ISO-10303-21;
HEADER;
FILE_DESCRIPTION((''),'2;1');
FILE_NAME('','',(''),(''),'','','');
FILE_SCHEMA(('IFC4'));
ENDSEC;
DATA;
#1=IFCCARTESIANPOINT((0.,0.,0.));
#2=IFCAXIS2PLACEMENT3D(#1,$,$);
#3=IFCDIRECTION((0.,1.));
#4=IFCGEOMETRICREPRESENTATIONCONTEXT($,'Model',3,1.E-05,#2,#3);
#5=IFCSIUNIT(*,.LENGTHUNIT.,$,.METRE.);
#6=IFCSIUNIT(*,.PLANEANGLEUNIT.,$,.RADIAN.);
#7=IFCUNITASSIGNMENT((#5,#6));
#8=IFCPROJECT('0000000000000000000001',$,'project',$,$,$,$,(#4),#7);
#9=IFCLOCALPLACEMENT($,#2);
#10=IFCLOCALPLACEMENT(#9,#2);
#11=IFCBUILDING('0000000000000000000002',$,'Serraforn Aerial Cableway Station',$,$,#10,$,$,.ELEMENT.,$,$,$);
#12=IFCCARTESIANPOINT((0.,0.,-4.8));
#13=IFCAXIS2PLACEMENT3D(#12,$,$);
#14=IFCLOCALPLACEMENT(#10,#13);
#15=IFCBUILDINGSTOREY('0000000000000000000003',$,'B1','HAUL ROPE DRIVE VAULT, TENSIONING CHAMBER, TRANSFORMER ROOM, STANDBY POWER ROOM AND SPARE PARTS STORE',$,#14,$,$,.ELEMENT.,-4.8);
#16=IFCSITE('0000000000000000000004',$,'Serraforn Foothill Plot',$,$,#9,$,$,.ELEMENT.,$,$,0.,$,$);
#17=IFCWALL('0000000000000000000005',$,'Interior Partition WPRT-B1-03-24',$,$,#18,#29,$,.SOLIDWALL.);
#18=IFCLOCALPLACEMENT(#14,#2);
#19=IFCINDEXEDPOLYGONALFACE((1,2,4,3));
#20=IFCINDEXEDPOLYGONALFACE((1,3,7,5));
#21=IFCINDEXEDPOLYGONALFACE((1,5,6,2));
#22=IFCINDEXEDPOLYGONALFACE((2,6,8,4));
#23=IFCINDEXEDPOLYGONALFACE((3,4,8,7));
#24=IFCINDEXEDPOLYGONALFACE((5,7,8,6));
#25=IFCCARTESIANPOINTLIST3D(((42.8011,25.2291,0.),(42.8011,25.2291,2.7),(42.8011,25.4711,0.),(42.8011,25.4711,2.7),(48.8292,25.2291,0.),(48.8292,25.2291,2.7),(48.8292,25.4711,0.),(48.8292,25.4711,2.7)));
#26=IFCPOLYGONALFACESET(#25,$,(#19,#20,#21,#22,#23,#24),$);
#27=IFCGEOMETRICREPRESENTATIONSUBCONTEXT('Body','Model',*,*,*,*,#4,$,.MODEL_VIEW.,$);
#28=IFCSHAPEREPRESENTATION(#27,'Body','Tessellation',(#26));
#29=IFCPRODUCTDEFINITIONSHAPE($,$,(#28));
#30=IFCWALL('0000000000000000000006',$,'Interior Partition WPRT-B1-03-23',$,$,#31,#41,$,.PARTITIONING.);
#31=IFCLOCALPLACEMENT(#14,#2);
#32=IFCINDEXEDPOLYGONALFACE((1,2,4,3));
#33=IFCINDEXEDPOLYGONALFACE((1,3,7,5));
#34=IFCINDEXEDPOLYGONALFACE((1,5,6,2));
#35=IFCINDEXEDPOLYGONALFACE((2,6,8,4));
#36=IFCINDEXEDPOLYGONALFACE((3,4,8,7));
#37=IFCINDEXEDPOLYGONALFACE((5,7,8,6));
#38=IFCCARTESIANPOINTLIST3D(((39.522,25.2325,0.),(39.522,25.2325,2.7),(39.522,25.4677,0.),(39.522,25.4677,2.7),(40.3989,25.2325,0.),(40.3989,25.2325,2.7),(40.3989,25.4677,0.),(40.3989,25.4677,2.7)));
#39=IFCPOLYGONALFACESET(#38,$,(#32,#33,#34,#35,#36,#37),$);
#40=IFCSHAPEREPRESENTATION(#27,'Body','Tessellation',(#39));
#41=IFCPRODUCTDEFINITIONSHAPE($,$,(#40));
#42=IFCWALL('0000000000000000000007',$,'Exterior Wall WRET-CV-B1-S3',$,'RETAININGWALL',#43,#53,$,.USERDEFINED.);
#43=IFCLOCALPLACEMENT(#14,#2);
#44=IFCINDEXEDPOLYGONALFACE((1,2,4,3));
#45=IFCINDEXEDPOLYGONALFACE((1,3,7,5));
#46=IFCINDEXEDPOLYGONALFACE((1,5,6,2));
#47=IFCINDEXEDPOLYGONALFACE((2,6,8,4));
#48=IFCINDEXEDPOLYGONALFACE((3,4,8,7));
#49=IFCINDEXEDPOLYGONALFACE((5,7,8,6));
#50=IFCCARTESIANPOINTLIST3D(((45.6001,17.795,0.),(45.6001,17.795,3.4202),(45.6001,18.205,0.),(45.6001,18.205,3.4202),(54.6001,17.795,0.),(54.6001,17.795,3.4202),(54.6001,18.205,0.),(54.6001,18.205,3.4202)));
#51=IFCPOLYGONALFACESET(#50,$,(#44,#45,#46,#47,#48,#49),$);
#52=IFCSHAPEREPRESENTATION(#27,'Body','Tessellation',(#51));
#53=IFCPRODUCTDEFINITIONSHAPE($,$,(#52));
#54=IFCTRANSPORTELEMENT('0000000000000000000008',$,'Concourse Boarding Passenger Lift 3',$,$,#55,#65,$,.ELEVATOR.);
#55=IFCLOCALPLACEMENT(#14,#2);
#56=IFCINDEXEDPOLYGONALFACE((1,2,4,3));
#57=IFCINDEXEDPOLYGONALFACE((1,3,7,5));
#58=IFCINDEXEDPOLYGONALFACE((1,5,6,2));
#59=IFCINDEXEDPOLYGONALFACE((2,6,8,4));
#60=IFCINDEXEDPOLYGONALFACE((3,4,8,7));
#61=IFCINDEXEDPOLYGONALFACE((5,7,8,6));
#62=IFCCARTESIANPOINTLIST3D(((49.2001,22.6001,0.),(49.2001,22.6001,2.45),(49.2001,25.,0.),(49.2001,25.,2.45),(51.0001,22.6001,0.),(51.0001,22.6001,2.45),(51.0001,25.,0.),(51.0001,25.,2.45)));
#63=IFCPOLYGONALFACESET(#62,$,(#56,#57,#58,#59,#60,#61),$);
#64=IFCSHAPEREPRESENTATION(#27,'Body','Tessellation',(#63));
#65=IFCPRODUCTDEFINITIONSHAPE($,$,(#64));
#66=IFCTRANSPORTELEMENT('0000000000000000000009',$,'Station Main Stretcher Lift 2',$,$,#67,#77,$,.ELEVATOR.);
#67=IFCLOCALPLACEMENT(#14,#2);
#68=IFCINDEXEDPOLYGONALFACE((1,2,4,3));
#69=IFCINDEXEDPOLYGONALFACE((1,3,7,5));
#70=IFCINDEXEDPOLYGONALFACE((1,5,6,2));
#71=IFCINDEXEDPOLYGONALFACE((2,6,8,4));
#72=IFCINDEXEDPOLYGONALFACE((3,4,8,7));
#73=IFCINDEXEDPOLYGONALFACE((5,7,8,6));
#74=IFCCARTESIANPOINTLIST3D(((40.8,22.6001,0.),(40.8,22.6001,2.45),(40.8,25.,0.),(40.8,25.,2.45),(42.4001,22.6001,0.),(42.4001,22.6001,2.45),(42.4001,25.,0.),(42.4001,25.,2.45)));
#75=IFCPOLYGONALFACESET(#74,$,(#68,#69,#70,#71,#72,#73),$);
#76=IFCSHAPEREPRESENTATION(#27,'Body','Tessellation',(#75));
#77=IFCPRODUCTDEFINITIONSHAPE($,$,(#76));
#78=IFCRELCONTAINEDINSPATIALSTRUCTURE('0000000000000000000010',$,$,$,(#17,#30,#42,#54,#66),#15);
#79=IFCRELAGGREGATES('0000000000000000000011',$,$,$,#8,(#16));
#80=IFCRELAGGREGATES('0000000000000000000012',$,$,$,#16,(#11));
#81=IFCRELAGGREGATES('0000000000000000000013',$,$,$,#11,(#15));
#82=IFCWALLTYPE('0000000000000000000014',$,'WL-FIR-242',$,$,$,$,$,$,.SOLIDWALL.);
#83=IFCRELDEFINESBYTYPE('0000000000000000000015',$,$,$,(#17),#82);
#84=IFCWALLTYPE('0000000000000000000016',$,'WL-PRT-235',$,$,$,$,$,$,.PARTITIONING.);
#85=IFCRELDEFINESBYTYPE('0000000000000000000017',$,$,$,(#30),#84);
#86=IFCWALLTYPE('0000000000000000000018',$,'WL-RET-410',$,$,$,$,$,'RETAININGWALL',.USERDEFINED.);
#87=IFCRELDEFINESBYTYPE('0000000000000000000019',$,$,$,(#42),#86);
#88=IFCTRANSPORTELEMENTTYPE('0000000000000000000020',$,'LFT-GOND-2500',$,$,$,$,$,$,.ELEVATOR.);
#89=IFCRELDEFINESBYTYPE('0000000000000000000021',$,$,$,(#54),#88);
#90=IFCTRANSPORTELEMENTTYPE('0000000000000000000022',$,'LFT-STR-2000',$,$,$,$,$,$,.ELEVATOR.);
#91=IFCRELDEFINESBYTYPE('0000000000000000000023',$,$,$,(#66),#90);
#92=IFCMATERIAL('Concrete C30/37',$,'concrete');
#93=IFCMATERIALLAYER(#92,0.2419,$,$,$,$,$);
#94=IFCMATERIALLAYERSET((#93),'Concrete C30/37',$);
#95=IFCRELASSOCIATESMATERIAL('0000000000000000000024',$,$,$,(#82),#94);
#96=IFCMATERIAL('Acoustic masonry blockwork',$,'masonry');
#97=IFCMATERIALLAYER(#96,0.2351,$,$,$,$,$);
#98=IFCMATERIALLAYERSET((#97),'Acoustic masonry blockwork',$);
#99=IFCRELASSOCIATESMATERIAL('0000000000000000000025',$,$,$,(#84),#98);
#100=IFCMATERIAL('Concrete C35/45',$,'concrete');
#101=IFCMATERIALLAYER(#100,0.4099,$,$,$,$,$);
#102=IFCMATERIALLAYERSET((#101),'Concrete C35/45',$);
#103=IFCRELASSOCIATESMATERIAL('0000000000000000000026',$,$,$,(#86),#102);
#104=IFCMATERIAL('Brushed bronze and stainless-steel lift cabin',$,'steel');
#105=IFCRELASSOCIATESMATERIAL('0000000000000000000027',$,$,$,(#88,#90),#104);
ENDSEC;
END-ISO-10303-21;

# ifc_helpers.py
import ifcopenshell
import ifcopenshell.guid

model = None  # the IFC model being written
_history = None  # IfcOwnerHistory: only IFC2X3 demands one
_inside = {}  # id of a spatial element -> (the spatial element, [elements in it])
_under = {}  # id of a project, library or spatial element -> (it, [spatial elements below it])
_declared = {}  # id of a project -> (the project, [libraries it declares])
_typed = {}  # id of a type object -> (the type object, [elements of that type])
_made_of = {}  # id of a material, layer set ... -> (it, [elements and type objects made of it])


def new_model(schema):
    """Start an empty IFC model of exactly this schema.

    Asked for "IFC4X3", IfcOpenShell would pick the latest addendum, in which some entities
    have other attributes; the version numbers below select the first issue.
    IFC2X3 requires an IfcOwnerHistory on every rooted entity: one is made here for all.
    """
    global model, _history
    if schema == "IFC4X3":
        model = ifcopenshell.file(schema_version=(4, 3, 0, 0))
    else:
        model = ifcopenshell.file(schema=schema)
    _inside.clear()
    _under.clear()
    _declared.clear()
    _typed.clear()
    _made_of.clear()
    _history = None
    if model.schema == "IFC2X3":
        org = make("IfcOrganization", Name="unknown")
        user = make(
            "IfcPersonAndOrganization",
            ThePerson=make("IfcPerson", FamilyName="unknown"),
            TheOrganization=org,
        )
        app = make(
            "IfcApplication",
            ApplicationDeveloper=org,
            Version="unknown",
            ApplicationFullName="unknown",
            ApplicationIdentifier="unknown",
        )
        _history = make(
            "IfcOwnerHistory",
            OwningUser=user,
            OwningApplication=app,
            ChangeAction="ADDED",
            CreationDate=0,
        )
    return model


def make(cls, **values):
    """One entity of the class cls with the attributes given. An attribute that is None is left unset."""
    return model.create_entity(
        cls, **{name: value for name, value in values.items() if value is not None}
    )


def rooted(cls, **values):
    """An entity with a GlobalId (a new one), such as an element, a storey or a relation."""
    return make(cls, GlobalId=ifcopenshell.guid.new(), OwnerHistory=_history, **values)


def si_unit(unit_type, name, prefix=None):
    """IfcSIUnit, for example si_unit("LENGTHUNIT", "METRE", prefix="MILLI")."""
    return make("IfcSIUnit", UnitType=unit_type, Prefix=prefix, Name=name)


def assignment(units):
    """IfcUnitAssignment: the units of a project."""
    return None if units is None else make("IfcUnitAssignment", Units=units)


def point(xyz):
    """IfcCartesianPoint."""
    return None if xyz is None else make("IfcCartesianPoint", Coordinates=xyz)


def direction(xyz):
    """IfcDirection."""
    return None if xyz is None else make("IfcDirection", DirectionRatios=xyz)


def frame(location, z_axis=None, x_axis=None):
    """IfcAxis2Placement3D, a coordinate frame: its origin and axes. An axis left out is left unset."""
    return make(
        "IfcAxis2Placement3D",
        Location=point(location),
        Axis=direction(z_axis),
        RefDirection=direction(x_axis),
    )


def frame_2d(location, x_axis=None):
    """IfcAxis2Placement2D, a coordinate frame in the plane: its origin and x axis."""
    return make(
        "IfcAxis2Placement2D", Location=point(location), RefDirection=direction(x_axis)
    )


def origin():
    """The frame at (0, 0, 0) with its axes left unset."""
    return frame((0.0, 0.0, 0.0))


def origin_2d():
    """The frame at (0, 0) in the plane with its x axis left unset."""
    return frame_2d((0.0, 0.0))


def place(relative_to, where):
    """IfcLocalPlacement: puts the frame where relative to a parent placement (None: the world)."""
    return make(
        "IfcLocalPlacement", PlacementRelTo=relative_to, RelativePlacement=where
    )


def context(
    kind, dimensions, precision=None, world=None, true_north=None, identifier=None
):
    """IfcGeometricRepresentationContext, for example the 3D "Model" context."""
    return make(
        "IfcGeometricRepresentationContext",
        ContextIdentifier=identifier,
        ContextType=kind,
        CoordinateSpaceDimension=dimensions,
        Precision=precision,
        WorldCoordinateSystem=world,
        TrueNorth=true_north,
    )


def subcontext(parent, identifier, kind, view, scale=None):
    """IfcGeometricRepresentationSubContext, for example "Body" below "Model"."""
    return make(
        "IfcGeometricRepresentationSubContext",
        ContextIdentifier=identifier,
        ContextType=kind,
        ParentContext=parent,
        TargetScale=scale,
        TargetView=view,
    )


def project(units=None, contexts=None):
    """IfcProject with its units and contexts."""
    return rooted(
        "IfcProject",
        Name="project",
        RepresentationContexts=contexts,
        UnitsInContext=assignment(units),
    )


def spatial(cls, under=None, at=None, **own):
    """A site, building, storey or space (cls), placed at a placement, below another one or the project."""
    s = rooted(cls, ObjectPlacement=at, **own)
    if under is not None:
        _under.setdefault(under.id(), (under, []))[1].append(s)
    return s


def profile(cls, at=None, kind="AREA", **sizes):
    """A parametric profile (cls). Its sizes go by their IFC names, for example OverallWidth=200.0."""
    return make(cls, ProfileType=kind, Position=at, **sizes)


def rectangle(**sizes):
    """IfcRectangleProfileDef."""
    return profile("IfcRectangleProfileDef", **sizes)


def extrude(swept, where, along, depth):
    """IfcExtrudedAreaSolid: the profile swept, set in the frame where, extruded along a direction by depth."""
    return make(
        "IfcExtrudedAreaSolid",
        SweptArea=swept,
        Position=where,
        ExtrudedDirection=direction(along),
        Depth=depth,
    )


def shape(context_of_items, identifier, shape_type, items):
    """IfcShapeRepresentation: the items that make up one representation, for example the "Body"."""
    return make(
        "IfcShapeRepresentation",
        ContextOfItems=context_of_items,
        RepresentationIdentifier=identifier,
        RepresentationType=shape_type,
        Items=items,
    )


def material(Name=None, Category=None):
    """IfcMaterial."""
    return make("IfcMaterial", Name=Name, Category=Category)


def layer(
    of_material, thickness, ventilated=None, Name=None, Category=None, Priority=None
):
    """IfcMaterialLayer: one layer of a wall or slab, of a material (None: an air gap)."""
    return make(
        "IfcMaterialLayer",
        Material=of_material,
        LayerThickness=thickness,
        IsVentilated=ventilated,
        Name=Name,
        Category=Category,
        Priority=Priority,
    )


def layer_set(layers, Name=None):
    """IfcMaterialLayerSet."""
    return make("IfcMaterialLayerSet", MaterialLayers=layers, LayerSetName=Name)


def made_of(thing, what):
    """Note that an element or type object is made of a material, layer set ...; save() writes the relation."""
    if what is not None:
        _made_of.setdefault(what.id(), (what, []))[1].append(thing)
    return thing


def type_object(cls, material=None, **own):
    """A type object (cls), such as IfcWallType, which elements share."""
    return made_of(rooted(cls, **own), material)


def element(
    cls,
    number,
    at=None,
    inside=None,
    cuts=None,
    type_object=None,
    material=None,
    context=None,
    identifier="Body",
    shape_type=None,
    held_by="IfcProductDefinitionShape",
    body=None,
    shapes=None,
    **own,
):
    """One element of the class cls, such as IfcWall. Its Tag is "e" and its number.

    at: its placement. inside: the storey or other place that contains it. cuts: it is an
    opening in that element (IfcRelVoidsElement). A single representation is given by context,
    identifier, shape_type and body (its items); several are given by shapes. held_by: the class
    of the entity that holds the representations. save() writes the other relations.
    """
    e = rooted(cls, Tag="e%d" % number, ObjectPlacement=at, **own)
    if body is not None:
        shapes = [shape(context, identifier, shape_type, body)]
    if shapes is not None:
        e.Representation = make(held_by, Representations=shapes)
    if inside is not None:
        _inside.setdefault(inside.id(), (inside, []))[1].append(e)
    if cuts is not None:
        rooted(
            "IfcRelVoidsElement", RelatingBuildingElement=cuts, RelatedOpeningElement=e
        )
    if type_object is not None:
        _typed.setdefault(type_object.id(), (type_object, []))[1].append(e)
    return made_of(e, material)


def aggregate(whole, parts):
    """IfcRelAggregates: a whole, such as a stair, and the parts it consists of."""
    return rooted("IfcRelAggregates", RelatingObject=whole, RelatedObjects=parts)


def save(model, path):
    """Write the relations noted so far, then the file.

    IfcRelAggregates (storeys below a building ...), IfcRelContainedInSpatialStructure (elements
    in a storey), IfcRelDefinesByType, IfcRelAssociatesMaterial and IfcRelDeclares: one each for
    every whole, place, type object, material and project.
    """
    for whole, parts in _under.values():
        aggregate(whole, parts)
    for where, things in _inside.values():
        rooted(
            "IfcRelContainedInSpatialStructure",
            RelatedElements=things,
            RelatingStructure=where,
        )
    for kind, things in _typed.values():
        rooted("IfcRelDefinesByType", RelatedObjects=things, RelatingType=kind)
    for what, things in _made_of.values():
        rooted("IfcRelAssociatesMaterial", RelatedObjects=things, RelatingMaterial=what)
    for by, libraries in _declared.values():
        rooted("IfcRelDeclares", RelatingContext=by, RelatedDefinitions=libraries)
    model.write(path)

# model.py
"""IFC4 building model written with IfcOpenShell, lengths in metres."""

from ifc_helpers import new_model, si_unit, direction, frame, frame_2d, origin, origin_2d, place, context, subcontext, project, spatial, rectangle, extrude, material, layer, layer_set, type_object, element, save


model = new_model("IFC4")

# Units and contexts
model_context = context("Model", 3, precision=1e-05, world=origin(), true_north=direction((0.0, 1.0)))
body_context = subcontext(model_context, "Body", "Model", "MODEL_VIEW")
ifc_project = project(units=[si_unit("LENGTHUNIT", "METRE"), si_unit("PLANEANGLEUNIT", "RADIAN")], contexts=[model_context])

# Site, building, storey
site_placement = place(None, origin())
site = spatial("IfcSite", under=ifc_project, at=site_placement, Name="Serraforn Foothill Plot", CompositionType="ELEMENT", RefElevation=0.0)
building_placement = place(site_placement, origin())
building = spatial("IfcBuilding", under=site, at=building_placement, Name="Serraforn Aerial Cableway Station", CompositionType="ELEMENT")
storey_placement = place(building_placement, frame((0.0, 0.0, -4.8)))
storey = spatial("IfcBuildingStorey", under=building, at=storey_placement, Name="B1", Description="HAUL ROPE DRIVE VAULT, TENSIONING CHAMBER, TRANSFORMER ROOM, STANDBY POWER ROOM AND SPARE PARTS STORE", CompositionType="ELEMENT", Elevation=-4.8)

# Shared definitions
ifc_material_1 = material(Name="Concrete C35/45", Category="concrete")

# Walls
ifc_material_2 = material(Name="Concrete C30/37", Category="concrete")
ifc_layer_1 = layer(ifc_material_2, 0.2419)
ifc_layer_set_1 = layer_set([ifc_layer_1], Name="Concrete C30/37")
wall_type_1 = type_object("IfcWallType", Name="WL-FIR-242", PredefinedType="SOLIDWALL", material=ifc_layer_set_1)
wall_1_placement = place(storey_placement, frame((42.801, 25.3501, 0.0), z_axis=(0.0, 0.0, 1.0), x_axis=(1.0, 0.0, 0.0)))
element("IfcWall", 1, at=wall_1_placement, inside=storey, type_object=wall_type_1, Name="Interior Partition WPRT-B1-03-24", PredefinedType="SOLIDWALL", context=body_context, shape_type="SweptSolid", body=[
    extrude(rectangle(XDim=6.0281, YDim=0.2419, at=frame_2d((3.0142, 0.0))), origin(), (0.0, 0.0, 1.0), 2.7),
])
ifc_material_3 = material(Name="Acoustic masonry blockwork", Category="masonry")
ifc_layer_2 = layer(ifc_material_3, 0.2351)
ifc_layer_set_2 = layer_set([ifc_layer_2], Name="Acoustic masonry blockwork")
wall_type_2 = type_object("IfcWallType", Name="WL-PRT-235", PredefinedType="PARTITIONING", material=ifc_layer_set_2)
wall_2_placement = place(storey_placement, frame((39.522, 25.3501, 0.0), z_axis=(0.0, 0.0, 1.0), x_axis=(1.0, 0.0, 0.0)))
element("IfcWall", 2, at=wall_2_placement, inside=storey, type_object=wall_type_2, Name="Interior Partition WPRT-B1-03-23", PredefinedType="PARTITIONING", context=body_context, shape_type="SweptSolid", body=[
    extrude(rectangle(XDim=0.877, YDim=0.2351, at=frame_2d((0.4385, 0.0))), origin(), (0.0, 0.0, 1.0), 2.7),
])
ifc_layer_3 = layer(ifc_material_1, 0.4099)
ifc_layer_set_3 = layer_set([ifc_layer_3], Name="Concrete C35/45")
wall_type_3 = type_object("IfcWallType", Name="WL-RET-410", ElementType="RETAININGWALL", PredefinedType="USERDEFINED", material=ifc_layer_set_3)
wall_3_placement = place(storey_placement, frame((45.6001, 18.0, 0.0), z_axis=(0.0, 0.0, 1.0), x_axis=(1.0, 0.0, 0.0)))
element("IfcWall", 3, at=wall_3_placement, inside=storey, type_object=wall_type_3, Name="Exterior Wall WRET-CV-B1-S3", ObjectType="RETAININGWALL", PredefinedType="USERDEFINED", context=body_context, shape_type="SweptSolid", body=[
    extrude(rectangle(XDim=9.0, YDim=0.4099, at=frame_2d((4.5, 0.0))), origin(), (0.0, 0.0, 1.0), 3.4202),
])

# Transport elements
ifc_material_4 = material(Name="Brushed bronze and stainless-steel lift cabin", Category="steel")
transport_element_type_1 = type_object("IfcTransportElementType", Name="LFT-GOND-2500", PredefinedType="ELEVATOR", material=ifc_material_4)
transport_element_1_placement = place(storey_placement, frame((50.1001, 23.8, 0.0), z_axis=(0.0, 0.0, 1.0), x_axis=(1.0, 0.0, 0.0)))
element("IfcTransportElement", 4, at=transport_element_1_placement, inside=storey, type_object=transport_element_type_1, Name="Concourse Boarding Passenger Lift 3", PredefinedType="ELEVATOR", context=body_context, shape_type="SweptSolid", body=[
    extrude(rectangle(XDim=1.8, YDim=2.3999, at=origin_2d()), origin(), (0.0, 0.0, 1.0), 2.45),
])
transport_element_type_2 = type_object("IfcTransportElementType", Name="LFT-STR-2000", PredefinedType="ELEVATOR", material=ifc_material_4)
transport_element_2_placement = place(storey_placement, frame((41.6001, 23.8, 0.0), z_axis=(0.0, 0.0, 1.0), x_axis=(1.0, 0.0, 0.0)))
element("IfcTransportElement", 5, at=transport_element_2_placement, inside=storey, type_object=transport_element_type_2, Name="Station Main Stretcher Lift 2", PredefinedType="ELEVATOR", context=body_context, shape_type="SweptSolid", body=[
    extrude(rectangle(XDim=1.6001, YDim=2.3999, at=origin_2d()), origin(), (0.0, 0.0, 1.0), 2.45),
])

save(model, "model.ifc")
